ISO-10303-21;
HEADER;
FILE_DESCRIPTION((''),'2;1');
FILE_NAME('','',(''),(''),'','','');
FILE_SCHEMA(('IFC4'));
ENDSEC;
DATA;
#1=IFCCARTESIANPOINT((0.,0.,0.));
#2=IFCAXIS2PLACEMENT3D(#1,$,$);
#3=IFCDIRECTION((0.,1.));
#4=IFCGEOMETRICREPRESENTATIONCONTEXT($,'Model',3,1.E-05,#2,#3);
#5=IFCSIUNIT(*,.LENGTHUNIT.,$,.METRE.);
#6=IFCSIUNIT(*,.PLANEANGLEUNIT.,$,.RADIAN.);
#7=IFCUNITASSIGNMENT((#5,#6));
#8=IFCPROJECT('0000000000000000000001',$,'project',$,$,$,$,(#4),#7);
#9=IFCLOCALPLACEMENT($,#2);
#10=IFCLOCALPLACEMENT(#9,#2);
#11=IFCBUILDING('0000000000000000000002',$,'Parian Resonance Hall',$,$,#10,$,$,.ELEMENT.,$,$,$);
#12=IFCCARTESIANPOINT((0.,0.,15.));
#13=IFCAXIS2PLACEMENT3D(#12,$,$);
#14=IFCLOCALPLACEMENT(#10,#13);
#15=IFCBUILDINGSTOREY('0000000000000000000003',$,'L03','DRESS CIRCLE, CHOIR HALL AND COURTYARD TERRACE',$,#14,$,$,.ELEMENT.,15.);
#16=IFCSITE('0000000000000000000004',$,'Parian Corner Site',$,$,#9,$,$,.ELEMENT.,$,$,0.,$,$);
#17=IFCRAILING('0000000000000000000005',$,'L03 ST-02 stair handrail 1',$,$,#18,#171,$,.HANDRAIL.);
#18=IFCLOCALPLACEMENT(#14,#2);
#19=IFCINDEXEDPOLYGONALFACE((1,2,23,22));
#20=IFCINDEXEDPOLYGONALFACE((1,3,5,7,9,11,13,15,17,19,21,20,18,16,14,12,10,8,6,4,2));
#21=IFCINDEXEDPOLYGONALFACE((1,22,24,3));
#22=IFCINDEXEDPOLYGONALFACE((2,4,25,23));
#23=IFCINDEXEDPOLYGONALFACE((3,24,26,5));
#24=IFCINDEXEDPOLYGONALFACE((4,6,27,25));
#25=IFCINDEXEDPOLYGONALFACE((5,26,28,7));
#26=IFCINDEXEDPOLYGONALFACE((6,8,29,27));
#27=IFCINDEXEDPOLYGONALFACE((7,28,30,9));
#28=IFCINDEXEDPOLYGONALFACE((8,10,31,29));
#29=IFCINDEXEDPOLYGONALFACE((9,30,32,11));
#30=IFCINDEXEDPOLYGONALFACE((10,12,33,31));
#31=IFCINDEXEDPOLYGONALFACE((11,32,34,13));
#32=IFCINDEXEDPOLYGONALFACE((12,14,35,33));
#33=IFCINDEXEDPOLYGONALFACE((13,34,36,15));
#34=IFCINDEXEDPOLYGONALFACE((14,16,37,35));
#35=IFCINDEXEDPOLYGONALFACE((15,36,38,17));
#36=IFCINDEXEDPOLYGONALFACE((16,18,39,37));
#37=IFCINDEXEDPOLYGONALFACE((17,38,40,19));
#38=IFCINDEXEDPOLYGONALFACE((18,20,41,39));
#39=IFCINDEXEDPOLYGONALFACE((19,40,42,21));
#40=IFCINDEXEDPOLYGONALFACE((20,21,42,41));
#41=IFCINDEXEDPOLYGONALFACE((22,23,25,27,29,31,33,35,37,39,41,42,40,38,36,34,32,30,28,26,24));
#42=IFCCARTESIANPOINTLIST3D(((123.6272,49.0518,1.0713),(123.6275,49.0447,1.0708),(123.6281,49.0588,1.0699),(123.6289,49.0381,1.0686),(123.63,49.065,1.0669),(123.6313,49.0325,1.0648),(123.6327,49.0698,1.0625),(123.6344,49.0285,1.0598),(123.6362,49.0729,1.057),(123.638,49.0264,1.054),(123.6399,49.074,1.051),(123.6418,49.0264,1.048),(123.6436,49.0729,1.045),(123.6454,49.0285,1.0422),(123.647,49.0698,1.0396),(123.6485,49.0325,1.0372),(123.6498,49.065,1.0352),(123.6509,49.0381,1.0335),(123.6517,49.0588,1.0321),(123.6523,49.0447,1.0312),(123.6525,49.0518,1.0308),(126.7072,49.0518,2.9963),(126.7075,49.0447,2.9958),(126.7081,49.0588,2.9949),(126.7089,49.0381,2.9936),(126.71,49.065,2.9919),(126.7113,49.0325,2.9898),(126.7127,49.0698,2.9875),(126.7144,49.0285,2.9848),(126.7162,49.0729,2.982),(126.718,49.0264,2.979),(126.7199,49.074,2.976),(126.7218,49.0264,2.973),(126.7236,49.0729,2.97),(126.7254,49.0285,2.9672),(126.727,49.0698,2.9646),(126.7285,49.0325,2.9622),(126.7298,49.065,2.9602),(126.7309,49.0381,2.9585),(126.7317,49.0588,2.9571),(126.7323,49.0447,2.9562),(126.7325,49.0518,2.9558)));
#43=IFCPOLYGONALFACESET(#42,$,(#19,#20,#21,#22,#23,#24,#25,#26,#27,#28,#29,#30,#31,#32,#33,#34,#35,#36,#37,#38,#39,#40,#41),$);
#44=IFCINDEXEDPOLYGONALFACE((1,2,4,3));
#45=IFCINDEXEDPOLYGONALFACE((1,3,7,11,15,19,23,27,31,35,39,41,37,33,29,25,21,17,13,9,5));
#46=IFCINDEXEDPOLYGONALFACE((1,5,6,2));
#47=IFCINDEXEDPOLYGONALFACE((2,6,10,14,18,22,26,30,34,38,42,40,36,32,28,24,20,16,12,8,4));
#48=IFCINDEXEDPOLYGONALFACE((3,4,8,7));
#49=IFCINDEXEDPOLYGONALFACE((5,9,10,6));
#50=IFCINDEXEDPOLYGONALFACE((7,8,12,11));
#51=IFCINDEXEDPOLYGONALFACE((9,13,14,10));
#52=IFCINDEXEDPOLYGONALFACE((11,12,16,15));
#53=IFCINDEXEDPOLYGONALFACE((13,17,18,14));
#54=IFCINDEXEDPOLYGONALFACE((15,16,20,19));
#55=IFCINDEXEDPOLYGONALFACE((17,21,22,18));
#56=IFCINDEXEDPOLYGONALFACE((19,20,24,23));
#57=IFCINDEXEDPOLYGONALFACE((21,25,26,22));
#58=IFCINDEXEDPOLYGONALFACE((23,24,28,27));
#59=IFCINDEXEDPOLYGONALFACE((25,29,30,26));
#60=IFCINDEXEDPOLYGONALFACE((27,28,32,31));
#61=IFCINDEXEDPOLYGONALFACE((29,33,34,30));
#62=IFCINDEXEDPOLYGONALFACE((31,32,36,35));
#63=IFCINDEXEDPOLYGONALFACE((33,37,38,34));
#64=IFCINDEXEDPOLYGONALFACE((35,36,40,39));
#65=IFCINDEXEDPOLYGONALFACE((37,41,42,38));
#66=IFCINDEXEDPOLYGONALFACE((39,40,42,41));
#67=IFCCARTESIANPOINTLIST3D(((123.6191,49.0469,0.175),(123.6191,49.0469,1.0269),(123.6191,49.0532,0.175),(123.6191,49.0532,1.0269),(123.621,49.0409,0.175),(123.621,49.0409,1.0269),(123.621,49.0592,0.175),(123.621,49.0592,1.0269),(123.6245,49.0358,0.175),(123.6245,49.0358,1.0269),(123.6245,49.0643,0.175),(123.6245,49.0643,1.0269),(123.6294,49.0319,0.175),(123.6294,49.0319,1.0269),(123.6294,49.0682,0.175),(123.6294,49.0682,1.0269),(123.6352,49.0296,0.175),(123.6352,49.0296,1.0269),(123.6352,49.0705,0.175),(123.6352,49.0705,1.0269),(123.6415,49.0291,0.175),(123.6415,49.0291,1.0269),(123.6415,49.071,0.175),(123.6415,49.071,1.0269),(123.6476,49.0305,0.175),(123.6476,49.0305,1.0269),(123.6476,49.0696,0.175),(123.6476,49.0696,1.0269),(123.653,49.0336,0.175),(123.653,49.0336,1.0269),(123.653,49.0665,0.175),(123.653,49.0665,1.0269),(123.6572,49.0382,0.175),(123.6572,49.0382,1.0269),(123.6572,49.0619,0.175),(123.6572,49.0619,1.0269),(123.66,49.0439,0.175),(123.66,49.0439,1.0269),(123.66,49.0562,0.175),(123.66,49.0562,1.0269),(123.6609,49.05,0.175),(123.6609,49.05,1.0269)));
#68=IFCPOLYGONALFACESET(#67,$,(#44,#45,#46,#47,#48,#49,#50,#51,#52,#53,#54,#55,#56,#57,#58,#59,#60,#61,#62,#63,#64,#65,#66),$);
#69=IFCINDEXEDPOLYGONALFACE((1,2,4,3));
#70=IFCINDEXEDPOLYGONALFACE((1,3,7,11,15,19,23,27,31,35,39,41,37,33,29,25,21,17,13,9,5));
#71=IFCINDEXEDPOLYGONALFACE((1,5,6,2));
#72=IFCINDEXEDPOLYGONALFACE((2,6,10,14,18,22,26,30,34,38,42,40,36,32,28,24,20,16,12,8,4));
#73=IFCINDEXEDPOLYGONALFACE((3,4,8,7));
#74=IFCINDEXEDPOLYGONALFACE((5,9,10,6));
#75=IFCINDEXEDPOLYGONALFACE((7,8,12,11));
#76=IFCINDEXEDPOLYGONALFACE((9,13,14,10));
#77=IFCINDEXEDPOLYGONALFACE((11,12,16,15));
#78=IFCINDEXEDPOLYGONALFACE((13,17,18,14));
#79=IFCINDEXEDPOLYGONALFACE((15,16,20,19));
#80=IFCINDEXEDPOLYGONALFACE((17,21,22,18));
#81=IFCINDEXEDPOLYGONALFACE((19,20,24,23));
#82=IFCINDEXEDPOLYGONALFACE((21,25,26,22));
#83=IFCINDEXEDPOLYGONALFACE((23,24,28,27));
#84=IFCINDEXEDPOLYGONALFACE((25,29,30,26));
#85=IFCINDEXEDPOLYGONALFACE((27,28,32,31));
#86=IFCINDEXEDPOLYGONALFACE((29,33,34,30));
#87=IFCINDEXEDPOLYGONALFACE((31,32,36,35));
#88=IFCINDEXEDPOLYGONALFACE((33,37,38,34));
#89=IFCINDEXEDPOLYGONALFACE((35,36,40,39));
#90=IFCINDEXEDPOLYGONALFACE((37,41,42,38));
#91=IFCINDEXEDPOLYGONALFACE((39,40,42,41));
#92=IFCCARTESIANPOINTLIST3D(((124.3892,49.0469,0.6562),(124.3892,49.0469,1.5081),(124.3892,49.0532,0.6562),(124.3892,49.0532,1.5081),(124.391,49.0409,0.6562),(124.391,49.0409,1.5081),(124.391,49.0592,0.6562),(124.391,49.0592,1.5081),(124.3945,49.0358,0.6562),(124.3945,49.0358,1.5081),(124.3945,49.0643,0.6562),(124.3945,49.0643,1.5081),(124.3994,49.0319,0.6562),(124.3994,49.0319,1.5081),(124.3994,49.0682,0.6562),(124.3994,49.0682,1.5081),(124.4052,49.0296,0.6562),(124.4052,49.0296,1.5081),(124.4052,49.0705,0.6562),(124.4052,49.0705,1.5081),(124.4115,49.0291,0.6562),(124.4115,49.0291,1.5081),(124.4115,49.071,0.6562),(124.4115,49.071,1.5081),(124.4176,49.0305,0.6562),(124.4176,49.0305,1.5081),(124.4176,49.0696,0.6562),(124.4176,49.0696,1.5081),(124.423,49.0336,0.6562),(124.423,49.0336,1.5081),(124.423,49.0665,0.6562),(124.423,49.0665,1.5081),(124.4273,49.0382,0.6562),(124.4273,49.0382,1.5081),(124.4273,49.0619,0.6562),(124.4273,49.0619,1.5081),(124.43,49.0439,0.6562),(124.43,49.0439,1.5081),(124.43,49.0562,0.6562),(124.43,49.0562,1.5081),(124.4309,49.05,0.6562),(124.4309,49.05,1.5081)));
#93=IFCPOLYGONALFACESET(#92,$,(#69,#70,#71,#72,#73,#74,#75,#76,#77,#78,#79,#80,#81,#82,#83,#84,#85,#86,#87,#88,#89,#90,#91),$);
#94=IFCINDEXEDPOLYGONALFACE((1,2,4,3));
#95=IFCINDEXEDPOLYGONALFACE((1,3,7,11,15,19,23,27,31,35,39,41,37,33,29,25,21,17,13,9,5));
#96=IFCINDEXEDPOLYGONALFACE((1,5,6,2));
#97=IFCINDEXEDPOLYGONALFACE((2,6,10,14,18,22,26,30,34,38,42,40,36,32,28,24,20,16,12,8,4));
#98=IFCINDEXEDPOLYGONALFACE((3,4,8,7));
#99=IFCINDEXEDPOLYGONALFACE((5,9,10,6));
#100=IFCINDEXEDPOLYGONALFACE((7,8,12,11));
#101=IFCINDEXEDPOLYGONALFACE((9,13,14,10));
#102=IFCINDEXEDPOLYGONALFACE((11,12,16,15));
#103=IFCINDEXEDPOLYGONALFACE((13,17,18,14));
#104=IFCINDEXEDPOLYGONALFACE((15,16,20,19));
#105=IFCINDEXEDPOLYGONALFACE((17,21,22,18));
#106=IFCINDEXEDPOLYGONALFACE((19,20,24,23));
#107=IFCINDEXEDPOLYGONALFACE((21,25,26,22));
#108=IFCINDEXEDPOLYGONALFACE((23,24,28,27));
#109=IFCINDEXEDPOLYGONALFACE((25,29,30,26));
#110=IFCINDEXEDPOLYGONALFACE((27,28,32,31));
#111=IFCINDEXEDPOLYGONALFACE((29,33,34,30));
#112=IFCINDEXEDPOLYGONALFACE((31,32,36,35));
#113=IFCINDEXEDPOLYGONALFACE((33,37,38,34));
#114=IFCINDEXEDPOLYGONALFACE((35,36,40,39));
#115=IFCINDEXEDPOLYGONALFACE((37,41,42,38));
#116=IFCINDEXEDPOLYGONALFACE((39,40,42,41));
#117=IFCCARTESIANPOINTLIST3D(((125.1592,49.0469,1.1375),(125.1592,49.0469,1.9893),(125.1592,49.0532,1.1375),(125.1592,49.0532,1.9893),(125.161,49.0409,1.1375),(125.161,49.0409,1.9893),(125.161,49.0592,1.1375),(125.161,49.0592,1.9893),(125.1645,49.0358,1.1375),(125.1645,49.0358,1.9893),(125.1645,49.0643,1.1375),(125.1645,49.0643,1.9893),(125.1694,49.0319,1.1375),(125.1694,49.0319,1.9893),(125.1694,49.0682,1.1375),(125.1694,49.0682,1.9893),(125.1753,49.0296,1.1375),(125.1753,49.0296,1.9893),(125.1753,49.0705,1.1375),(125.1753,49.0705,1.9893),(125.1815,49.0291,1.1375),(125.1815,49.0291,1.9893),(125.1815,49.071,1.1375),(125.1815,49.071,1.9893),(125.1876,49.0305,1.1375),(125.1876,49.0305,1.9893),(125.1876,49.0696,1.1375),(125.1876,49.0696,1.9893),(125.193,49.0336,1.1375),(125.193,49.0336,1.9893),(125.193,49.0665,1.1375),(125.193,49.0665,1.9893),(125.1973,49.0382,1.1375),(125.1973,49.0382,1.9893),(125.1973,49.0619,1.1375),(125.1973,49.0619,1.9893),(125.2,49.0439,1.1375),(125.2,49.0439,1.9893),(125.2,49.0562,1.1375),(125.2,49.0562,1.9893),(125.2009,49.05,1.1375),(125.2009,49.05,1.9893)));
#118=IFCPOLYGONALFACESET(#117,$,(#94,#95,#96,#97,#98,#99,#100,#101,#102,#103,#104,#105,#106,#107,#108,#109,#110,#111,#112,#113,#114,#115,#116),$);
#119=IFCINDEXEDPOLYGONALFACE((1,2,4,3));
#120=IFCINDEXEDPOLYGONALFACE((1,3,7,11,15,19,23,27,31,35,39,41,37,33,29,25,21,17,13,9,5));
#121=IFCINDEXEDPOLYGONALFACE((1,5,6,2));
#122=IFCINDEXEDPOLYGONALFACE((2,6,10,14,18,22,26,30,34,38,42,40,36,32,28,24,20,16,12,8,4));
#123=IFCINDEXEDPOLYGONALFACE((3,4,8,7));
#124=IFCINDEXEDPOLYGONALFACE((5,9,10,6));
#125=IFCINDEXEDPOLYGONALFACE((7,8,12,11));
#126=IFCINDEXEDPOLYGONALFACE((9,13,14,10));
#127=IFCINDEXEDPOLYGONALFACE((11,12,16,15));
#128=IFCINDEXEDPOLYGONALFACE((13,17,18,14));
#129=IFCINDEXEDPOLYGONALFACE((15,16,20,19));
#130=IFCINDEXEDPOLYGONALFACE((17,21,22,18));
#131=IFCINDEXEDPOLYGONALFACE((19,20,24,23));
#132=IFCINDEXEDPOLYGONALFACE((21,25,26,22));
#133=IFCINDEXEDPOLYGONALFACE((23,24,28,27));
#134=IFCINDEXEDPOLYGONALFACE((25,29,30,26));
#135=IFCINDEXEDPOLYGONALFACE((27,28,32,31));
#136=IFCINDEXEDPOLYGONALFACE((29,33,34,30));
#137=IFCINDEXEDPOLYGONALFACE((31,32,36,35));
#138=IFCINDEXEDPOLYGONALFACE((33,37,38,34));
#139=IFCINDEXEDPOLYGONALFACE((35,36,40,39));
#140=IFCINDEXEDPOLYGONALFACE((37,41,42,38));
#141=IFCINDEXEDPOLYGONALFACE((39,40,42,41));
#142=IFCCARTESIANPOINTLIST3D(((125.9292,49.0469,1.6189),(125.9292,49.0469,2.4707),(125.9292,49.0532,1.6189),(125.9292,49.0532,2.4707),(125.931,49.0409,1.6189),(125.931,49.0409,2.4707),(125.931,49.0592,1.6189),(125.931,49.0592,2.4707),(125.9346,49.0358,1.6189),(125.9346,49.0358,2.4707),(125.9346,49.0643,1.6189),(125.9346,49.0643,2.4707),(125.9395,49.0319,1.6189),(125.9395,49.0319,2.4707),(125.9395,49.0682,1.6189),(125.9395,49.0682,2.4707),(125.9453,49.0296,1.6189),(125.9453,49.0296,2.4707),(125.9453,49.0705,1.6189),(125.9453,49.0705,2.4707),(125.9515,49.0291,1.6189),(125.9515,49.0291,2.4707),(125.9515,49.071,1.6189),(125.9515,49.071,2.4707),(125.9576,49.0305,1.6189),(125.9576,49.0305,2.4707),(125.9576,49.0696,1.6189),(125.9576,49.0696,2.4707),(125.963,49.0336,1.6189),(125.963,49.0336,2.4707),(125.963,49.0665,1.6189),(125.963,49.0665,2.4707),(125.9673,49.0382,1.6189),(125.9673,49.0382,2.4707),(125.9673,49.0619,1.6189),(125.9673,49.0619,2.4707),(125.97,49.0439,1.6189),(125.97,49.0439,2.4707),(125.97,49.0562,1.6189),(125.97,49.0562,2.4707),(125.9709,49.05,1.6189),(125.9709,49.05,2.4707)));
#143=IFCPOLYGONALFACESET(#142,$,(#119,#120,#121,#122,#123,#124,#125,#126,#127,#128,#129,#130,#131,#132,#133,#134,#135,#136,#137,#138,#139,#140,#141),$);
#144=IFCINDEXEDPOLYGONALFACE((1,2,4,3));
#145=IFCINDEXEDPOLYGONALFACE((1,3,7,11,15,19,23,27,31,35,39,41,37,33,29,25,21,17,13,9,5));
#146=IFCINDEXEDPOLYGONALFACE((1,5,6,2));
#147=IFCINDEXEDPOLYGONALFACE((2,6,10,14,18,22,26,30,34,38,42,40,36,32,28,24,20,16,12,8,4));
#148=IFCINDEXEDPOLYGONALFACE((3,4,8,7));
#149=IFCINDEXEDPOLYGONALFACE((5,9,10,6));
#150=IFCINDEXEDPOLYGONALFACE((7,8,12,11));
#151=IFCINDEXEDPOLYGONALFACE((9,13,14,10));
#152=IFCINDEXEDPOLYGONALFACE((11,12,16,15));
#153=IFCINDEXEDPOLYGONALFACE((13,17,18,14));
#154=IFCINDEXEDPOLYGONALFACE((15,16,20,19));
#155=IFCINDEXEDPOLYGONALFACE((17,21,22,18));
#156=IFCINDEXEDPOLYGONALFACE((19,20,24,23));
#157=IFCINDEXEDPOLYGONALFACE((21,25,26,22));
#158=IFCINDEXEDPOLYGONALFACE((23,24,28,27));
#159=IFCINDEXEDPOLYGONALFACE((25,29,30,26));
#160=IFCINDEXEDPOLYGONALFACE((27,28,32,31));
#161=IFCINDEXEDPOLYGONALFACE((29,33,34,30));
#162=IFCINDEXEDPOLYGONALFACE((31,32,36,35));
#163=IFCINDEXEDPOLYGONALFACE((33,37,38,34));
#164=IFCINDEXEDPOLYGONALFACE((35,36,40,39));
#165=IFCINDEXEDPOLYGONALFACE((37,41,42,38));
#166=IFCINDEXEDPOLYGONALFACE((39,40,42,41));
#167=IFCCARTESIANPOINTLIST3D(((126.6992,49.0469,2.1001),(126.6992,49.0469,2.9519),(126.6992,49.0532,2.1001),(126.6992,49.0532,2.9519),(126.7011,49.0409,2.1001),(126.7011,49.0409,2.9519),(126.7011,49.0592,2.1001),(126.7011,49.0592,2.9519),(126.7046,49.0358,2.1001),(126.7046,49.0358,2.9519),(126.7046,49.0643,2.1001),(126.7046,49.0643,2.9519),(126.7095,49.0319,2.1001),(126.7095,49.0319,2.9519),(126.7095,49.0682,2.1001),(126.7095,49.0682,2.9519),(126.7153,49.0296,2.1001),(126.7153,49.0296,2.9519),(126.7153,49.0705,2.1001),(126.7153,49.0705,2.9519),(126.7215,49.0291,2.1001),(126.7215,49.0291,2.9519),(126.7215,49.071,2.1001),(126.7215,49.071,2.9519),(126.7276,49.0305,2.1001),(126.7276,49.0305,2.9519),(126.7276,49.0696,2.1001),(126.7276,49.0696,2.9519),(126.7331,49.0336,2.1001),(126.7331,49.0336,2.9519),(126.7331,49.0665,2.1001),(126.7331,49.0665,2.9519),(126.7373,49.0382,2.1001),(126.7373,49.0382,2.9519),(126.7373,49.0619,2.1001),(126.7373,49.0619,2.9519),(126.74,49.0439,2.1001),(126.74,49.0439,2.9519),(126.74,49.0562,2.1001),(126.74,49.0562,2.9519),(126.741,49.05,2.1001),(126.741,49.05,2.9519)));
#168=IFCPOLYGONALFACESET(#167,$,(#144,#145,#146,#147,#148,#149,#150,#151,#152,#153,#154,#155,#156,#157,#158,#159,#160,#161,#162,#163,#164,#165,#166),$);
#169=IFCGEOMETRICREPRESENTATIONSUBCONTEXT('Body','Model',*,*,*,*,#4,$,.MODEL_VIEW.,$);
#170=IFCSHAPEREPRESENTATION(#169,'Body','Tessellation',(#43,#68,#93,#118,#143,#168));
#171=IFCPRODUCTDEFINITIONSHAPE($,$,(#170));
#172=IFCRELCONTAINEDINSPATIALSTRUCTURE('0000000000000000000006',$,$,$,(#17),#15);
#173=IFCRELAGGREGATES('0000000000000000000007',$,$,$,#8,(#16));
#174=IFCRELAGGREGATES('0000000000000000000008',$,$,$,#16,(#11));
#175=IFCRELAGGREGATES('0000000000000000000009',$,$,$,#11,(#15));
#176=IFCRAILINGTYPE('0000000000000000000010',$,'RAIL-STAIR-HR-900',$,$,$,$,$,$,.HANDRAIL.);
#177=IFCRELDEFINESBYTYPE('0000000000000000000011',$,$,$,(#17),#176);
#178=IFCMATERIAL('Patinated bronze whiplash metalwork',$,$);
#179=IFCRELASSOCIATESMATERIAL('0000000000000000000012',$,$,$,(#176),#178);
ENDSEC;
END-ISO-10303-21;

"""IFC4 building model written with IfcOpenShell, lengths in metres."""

from ifc_helpers import new_model, si_unit, direction, frame, origin, origin_2d, place, context, subcontext, project, spatial, circle, extrude, material, type_object, element, save


model = new_model("IFC4")

# Units and contexts
model_context = context("Model", 3, precision=1e-05, world=origin(), true_north=direction((0.0, 1.0)))
body_context = subcontext(model_context, "Body", "Model", "MODEL_VIEW")
ifc_project = project(units=[si_unit("LENGTHUNIT", "METRE"), si_unit("PLANEANGLEUNIT", "RADIAN")], contexts=[model_context])

# Site, building, storey
site_placement = place(None, origin())
site = spatial("IfcSite", under=ifc_project, at=site_placement, Name="Parian Corner Site", CompositionType="ELEMENT", RefElevation=0.0)
building_placement = place(site_placement, origin())
building = spatial("IfcBuilding", under=site, at=building_placement, Name="Parian Resonance Hall", CompositionType="ELEMENT")
storey_placement = place(building_placement, frame((0.0, 0.0, 15.0)))
storey = spatial("IfcBuildingStorey", under=building, at=storey_placement, Name="L03", Description="DRESS CIRCLE, CHOIR HALL AND COURTYARD TERRACE", CompositionType="ELEMENT", Elevation=15.0)

# Railing
ifc_material_1 = material(Name="Patinated bronze whiplash metalwork")
railing_type_1 = type_object("IfcRailingType", Name="RAIL-STAIR-HR-900", PredefinedType="HANDRAIL", material=ifc_material_1)
railing_1_placement = place(storey_placement, frame((123.6399, 49.05, 0.175)))
element("IfcRailing", 1, at=railing_1_placement, inside=storey, type_object=railing_type_1, Name="L03 ST-02 stair handrail 1", PredefinedType="HANDRAIL", context=body_context, shape_type="SweptSolid", body=[
    extrude(circle(Radius=0.0239, at=origin_2d()), frame((0.0, 0.0, 0.876), z_axis=(0.847998, 0.0, 0.529999), x_axis=(0.0, 1.0, 0.0)), (0.0, 0.0, 1.0), 3.6321),
    extrude(circle(Radius=0.021, at=origin_2d()), origin(), (0.0, 0.0, 1.0), 0.8518),
    extrude(circle(Radius=0.021, at=origin_2d()), frame((0.77, 0.0, 0.4812)), (0.0, 0.0, 1.0), 0.8518),
    extrude(circle(Radius=0.021, at=origin_2d()), frame((1.54, 0.0, 0.9624)), (0.0, 0.0, 1.0), 0.8518),
    extrude(circle(Radius=0.021, at=origin_2d()), frame((2.3101, 0.0, 1.4438)), (0.0, 0.0, 1.0), 0.8518),
    extrude(circle(Radius=0.021, at=origin_2d()), frame((3.0801, 0.0, 1.925)), (0.0, 0.0, 1.0), 0.8518),
])

save(model, "model.ifc")
